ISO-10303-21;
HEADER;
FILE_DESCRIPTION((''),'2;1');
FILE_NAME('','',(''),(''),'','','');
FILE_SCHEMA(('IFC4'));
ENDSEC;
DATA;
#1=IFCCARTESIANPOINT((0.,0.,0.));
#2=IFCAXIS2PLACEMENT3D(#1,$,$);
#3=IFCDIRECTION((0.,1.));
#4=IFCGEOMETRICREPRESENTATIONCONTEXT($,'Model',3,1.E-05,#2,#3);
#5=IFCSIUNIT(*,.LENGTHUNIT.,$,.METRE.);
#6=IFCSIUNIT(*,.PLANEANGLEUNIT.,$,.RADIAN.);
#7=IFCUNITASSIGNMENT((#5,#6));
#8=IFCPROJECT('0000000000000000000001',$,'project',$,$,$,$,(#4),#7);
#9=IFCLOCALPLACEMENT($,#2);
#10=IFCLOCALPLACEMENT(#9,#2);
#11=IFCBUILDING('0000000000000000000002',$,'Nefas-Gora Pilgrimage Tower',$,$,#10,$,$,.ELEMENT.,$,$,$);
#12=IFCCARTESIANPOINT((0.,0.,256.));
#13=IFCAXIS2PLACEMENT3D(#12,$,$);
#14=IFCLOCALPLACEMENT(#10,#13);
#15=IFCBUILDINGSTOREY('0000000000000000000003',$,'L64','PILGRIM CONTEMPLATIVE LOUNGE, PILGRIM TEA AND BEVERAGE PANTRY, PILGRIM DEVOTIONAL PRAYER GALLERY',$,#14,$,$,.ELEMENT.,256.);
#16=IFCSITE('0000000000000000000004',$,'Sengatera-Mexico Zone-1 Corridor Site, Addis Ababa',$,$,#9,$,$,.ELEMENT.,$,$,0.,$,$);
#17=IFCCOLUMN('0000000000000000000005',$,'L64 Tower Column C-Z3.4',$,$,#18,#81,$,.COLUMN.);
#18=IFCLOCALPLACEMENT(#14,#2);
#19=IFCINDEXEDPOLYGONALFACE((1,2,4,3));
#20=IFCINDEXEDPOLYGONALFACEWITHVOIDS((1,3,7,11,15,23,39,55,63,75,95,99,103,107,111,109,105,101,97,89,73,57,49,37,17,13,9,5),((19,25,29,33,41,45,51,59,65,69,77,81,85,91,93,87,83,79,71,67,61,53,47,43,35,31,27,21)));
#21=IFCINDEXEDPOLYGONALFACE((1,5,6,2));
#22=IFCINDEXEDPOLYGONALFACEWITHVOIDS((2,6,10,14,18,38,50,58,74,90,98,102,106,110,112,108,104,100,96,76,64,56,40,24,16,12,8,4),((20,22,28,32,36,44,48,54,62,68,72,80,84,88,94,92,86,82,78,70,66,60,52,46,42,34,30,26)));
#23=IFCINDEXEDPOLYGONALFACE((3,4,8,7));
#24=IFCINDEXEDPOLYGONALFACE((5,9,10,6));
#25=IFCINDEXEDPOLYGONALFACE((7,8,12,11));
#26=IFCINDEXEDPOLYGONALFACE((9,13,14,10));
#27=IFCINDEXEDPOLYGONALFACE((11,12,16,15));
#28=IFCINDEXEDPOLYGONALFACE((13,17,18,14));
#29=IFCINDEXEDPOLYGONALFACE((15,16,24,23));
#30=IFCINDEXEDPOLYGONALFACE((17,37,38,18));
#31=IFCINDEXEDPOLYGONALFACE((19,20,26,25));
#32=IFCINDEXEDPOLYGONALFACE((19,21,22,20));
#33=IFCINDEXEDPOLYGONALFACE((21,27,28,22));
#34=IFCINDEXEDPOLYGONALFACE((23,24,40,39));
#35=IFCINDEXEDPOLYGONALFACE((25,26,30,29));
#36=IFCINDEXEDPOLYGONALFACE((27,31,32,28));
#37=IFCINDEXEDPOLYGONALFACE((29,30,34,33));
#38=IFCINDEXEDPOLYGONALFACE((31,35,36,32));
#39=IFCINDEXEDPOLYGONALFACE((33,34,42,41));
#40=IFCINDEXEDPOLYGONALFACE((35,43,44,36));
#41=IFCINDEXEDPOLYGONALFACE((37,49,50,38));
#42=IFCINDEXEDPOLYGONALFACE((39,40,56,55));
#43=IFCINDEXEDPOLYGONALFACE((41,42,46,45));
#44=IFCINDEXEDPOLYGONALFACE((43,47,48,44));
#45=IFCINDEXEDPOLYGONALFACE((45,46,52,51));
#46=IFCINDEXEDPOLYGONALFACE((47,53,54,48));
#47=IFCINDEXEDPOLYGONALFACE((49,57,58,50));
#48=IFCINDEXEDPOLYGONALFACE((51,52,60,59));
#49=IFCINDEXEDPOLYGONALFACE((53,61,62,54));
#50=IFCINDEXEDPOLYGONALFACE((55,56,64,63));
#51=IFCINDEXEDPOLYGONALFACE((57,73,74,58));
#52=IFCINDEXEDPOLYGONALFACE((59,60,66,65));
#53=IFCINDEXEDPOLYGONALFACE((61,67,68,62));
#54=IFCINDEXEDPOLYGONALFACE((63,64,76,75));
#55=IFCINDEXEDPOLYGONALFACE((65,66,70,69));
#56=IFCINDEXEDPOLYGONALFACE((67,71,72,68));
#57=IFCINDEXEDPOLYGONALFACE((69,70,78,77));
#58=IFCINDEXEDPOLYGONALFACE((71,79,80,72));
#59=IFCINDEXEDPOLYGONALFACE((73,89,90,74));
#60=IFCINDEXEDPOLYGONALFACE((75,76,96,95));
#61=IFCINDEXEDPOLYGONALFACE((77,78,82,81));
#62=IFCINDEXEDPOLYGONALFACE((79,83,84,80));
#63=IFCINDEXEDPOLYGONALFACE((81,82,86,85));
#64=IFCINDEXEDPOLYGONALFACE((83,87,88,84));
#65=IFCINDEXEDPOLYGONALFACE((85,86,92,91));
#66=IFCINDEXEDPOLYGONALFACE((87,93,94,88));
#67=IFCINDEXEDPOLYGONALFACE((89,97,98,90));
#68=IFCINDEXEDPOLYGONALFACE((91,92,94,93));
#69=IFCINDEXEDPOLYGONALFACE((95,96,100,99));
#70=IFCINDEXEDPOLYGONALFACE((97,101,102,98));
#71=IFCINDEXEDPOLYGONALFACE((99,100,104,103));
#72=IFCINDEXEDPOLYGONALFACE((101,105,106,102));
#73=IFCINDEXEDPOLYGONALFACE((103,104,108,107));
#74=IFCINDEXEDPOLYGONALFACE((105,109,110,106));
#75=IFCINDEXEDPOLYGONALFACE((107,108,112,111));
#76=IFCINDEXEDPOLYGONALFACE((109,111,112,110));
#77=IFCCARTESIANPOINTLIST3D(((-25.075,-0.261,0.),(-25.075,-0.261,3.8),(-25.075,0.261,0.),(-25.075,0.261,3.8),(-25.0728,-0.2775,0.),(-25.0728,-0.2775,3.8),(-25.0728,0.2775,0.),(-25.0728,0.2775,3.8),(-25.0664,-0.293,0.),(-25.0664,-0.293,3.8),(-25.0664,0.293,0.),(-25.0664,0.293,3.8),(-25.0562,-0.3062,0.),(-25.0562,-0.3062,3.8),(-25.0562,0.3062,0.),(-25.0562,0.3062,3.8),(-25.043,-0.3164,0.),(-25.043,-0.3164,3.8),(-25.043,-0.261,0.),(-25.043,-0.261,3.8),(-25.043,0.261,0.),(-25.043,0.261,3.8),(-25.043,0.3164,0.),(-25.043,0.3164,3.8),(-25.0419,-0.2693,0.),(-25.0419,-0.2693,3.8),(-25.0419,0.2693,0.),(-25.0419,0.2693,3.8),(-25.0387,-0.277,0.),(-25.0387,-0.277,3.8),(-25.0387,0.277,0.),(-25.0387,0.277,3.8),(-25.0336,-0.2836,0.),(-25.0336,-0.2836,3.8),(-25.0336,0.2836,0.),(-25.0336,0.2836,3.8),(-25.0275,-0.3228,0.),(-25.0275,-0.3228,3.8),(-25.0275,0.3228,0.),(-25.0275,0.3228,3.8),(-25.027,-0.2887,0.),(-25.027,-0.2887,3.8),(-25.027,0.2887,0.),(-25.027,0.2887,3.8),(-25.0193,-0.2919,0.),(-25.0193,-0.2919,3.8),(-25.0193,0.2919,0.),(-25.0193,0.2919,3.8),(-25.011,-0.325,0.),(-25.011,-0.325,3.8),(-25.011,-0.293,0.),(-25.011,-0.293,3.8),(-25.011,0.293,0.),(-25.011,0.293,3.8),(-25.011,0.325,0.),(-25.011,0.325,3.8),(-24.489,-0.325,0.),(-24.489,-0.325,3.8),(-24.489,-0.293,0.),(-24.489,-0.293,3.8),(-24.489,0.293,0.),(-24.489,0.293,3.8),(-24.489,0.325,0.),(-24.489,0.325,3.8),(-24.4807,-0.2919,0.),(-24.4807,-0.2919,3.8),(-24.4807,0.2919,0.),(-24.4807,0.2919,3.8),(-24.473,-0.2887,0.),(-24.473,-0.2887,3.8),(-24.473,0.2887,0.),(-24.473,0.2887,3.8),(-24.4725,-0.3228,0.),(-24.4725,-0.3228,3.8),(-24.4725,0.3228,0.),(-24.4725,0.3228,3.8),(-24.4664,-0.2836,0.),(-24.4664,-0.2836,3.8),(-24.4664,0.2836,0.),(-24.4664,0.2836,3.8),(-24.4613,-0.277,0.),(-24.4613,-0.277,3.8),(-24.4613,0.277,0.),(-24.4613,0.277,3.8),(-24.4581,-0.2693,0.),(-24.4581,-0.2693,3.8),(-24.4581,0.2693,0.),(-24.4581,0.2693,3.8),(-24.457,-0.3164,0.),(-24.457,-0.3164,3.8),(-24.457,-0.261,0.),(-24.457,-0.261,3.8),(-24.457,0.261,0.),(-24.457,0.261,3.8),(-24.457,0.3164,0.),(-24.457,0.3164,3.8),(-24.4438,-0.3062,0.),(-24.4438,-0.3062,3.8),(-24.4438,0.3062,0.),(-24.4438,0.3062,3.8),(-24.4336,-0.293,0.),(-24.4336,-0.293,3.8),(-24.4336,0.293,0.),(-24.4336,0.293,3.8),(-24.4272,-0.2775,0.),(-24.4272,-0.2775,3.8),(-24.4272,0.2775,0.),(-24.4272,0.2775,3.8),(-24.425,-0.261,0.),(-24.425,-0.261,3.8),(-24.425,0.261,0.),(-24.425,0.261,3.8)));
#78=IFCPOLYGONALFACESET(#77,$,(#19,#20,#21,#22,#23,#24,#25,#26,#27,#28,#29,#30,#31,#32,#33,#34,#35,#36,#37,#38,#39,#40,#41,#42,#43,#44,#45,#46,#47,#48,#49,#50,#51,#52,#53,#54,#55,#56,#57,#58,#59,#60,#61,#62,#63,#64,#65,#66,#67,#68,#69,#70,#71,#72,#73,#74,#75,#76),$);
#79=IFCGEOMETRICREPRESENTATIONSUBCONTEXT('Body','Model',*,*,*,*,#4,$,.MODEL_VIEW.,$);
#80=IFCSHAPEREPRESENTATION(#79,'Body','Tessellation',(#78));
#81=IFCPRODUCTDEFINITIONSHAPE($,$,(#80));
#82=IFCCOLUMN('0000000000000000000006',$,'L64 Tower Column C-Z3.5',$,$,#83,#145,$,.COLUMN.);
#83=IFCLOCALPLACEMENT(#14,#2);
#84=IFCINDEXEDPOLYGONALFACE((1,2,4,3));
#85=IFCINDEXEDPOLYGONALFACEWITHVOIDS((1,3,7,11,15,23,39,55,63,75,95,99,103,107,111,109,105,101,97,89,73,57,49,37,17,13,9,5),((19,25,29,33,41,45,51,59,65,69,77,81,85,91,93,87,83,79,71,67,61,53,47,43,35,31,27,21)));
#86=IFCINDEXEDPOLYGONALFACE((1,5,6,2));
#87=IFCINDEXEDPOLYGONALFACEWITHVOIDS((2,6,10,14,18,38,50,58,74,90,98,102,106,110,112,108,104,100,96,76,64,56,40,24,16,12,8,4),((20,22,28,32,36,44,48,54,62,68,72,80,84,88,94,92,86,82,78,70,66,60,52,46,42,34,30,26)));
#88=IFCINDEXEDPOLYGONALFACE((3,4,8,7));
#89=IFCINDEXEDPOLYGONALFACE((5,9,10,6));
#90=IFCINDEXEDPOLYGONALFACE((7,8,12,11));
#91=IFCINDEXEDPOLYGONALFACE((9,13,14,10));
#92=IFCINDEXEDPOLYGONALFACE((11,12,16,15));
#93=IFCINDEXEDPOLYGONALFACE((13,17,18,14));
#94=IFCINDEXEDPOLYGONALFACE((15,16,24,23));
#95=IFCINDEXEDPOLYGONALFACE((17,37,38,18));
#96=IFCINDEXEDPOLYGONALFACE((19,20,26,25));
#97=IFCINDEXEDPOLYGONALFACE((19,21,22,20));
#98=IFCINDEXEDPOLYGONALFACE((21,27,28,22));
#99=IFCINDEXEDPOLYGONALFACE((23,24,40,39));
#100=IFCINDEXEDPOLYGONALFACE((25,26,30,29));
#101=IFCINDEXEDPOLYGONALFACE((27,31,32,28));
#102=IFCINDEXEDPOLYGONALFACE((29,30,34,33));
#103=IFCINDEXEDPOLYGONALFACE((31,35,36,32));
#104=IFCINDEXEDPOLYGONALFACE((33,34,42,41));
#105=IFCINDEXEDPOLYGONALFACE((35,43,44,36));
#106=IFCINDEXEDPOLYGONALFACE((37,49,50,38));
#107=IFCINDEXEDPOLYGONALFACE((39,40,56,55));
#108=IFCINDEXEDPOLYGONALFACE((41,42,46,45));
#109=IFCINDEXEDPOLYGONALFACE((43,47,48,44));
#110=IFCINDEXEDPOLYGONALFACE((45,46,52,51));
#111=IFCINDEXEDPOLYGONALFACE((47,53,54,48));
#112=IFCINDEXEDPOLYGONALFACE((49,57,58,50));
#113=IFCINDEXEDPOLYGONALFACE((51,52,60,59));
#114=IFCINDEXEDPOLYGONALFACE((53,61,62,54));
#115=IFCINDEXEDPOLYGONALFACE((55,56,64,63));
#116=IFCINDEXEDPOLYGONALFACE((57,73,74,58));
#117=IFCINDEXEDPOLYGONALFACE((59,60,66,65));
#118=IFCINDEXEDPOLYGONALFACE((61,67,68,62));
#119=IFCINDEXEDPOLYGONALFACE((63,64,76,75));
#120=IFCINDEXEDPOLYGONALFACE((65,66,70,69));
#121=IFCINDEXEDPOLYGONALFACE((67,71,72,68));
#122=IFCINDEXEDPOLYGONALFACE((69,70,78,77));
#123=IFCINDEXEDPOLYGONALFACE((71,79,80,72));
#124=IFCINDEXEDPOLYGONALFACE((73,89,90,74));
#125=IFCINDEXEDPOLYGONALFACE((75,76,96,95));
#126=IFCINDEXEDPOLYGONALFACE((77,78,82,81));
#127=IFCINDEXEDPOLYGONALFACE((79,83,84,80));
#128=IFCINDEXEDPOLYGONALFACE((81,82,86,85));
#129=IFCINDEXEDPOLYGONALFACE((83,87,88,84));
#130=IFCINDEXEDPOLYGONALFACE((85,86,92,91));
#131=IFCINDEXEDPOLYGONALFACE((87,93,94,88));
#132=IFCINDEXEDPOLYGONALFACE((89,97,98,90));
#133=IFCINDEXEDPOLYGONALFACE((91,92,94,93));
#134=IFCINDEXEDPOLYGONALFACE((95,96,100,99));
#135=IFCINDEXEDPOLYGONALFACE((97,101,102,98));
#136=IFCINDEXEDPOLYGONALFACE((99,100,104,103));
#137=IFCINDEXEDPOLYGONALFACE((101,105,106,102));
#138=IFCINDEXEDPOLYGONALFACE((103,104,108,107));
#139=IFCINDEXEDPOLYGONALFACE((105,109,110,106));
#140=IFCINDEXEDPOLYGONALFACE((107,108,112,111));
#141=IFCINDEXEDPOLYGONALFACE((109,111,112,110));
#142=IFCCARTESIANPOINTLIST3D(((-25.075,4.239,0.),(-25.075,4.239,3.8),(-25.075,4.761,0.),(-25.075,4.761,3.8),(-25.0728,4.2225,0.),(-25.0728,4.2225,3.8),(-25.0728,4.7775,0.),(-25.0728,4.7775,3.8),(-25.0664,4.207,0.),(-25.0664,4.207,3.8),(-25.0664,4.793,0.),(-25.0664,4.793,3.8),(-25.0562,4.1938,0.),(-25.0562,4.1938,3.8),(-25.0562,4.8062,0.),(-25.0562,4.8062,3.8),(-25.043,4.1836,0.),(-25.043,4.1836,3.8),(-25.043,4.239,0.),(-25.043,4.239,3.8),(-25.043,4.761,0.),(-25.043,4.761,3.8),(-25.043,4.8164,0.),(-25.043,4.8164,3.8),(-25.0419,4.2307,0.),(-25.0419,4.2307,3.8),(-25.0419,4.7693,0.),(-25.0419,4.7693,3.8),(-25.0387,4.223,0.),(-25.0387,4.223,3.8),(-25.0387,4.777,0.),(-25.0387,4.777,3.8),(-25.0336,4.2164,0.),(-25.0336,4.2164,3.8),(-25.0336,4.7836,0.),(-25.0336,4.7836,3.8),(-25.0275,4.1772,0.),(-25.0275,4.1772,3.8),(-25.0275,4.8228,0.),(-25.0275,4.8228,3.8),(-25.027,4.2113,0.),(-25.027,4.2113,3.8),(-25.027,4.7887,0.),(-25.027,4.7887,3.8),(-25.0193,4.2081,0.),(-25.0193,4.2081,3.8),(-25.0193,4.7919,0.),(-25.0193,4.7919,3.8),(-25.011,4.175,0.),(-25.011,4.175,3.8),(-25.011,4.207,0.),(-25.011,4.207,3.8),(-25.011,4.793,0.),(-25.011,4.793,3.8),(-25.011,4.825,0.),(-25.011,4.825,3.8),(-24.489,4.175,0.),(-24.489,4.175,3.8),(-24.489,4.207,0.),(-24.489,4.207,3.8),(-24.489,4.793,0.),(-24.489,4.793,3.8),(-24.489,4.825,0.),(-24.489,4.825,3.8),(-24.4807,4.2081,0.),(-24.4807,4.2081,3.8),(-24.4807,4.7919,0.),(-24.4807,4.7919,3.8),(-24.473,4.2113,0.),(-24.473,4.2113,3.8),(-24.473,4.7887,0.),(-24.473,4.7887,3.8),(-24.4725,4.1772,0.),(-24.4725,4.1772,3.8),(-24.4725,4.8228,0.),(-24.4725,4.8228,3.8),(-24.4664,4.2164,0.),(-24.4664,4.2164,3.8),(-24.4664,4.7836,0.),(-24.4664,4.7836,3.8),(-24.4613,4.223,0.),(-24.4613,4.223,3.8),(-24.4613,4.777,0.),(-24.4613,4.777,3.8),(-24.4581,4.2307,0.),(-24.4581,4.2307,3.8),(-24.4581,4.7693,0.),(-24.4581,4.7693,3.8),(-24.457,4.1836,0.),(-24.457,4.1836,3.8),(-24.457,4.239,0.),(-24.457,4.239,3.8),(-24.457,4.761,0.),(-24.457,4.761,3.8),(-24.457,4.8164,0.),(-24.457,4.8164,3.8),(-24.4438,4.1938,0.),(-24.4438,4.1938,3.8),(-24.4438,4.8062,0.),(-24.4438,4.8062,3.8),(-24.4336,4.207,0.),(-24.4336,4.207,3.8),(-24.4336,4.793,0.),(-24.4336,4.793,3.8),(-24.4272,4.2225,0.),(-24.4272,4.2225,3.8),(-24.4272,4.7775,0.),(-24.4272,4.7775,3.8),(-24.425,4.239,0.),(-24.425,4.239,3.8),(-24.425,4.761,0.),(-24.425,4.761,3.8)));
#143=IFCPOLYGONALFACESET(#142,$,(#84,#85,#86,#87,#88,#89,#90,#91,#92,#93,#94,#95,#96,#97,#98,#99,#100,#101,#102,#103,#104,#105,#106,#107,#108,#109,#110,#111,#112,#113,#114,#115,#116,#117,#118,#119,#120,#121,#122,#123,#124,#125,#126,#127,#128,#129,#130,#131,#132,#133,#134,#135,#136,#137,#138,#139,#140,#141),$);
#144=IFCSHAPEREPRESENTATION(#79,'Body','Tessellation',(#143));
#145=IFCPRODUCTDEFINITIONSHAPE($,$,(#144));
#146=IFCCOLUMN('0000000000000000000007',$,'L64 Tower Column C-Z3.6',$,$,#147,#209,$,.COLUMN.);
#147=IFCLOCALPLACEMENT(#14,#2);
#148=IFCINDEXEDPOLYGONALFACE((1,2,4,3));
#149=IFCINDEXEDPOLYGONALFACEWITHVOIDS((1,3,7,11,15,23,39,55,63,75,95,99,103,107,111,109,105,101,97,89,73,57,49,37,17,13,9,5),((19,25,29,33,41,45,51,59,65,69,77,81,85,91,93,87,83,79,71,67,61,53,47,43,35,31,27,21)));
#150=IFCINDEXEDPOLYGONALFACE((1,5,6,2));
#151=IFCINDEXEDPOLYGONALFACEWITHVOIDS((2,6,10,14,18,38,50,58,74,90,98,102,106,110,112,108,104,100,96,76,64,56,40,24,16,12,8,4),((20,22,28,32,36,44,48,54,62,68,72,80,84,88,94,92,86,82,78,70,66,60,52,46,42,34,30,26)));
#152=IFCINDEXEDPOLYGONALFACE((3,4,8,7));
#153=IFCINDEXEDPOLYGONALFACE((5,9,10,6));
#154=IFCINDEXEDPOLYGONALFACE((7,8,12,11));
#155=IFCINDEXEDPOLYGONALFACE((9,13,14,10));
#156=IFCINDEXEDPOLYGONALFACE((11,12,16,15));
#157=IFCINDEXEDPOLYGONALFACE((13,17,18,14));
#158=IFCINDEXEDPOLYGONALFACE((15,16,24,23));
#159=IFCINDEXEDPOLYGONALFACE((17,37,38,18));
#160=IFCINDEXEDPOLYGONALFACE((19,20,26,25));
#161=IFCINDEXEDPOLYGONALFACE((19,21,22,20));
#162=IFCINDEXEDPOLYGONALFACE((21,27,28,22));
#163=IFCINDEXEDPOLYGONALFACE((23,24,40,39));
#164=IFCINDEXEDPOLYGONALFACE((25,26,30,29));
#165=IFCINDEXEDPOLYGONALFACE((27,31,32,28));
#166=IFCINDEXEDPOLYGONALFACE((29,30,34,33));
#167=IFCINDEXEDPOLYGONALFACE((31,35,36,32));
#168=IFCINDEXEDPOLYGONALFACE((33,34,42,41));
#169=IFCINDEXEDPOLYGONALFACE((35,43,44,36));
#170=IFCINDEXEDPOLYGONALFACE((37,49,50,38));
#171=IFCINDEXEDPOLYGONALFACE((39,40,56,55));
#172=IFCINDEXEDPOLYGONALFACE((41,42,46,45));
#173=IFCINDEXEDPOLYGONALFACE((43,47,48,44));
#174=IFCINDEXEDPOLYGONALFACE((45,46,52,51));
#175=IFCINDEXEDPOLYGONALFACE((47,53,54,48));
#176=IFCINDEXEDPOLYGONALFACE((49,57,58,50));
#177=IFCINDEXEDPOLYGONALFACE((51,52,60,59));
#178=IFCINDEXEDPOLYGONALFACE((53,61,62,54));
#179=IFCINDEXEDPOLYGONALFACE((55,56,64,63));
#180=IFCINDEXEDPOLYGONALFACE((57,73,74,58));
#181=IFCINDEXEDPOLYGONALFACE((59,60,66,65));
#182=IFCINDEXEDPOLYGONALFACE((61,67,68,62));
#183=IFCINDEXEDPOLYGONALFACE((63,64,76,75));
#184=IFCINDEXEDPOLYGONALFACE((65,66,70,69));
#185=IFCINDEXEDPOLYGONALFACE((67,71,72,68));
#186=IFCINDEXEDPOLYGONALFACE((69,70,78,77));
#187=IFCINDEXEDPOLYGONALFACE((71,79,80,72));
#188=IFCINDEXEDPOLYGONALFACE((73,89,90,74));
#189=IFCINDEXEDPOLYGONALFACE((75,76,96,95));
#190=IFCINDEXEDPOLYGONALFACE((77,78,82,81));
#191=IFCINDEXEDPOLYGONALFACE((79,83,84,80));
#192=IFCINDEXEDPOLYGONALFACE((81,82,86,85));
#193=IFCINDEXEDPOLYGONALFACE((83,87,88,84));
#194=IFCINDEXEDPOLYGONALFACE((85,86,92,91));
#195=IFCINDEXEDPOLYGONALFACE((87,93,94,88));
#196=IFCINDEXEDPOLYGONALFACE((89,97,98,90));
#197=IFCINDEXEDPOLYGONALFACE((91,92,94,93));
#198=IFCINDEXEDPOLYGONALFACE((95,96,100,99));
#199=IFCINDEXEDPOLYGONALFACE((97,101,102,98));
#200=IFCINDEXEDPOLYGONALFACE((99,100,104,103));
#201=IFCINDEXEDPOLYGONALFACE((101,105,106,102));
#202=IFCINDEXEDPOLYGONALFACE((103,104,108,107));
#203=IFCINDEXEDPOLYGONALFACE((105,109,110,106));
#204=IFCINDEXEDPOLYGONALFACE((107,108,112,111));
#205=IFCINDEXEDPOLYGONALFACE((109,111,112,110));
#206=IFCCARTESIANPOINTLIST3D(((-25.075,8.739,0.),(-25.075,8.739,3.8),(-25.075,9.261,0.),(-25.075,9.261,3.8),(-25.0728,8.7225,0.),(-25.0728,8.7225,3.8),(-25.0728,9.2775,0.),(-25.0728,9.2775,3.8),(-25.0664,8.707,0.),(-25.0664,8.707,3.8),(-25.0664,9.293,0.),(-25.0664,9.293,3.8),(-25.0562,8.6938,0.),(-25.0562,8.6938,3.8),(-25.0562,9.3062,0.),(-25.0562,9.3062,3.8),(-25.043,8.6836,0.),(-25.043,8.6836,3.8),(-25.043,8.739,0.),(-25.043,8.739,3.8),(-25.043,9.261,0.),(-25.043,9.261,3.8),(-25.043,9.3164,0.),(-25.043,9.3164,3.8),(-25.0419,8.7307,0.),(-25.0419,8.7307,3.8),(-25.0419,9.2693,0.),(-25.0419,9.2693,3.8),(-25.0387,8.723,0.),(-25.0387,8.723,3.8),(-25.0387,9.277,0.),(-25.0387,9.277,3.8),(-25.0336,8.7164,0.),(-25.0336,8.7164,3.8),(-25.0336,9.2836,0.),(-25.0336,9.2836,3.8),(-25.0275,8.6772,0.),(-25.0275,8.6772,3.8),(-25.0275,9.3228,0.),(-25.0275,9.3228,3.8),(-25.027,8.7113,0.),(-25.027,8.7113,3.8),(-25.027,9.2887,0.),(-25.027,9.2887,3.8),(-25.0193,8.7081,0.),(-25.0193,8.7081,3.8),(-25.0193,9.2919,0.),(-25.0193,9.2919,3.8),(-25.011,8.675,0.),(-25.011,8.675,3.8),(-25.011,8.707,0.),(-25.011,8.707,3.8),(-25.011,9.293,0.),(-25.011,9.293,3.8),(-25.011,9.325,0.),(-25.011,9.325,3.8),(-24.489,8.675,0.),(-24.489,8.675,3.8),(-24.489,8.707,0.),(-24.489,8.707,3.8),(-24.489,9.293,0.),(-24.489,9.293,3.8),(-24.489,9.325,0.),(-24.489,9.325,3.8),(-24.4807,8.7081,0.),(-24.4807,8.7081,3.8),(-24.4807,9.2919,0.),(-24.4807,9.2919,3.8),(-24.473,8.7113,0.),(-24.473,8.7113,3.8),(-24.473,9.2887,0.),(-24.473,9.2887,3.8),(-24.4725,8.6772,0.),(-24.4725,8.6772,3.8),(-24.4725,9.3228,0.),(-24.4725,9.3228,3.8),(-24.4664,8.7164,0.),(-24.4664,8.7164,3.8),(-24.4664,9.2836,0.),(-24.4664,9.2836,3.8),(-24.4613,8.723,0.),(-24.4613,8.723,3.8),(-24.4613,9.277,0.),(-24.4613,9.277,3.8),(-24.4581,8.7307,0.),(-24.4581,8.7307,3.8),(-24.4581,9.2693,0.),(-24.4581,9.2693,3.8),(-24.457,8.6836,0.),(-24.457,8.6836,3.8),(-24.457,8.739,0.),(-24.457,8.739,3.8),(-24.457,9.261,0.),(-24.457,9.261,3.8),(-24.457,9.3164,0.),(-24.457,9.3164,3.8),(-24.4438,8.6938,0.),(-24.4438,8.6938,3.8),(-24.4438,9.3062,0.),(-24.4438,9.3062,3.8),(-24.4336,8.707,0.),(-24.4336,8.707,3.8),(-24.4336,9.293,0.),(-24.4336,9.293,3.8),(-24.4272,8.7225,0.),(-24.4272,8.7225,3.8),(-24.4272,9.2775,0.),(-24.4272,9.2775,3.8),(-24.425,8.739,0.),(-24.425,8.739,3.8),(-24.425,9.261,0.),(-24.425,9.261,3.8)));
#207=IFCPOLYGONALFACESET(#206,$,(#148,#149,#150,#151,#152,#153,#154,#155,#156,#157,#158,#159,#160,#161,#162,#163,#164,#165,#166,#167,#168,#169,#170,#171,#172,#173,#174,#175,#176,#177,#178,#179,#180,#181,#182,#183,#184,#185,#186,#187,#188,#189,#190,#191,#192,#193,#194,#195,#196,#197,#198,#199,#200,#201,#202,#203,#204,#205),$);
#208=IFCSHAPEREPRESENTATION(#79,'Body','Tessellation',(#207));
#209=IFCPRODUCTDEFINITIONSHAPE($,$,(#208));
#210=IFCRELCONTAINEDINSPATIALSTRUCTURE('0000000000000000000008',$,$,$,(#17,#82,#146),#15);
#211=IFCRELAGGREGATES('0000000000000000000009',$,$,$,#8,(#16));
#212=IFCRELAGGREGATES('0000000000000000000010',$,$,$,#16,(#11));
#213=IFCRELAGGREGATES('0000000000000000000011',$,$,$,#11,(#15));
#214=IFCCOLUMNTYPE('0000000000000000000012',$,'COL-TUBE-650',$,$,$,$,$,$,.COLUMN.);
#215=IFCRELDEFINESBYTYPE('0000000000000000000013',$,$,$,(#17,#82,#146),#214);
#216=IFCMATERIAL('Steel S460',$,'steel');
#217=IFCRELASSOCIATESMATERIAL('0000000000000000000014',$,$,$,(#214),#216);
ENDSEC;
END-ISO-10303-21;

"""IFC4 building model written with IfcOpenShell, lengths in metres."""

from ifc_helpers import new_model, si_unit, direction, frame, origin, origin_2d, place, context, subcontext, project, spatial, hollow_rectangle, extrude, source, transform, mapped, material, material_profile, profile_set, type_object, element, save


model = new_model("IFC4")

# Units and contexts
model_context = context("Model", 3, precision=1e-05, world=origin(), true_north=direction((0.0, 1.0)))
body_context = subcontext(model_context, "Body", "Model", "MODEL_VIEW")
ifc_project = project(units=[si_unit("LENGTHUNIT", "METRE"), si_unit("PLANEANGLEUNIT", "RADIAN")], contexts=[model_context])

# Site, building, storey
site_placement = place(None, origin())
site = spatial("IfcSite", under=ifc_project, at=site_placement, Name="Sengatera-Mexico Zone-1 Corridor Site, Addis Ababa", CompositionType="ELEMENT", RefElevation=0.0)
building_placement = place(site_placement, origin())
building = spatial("IfcBuilding", under=site, at=building_placement, Name="Nefas-Gora Pilgrimage Tower", CompositionType="ELEMENT")
storey_placement = place(building_placement, frame((0.0, 0.0, 256.0)))
storey = spatial("IfcBuildingStorey", under=building, at=storey_placement, Name="L64", Description="PILGRIM CONTEMPLATIVE LOUNGE, PILGRIM TEA AND BEVERAGE PANTRY, PILGRIM DEVOTIONAL PRAYER GALLERY", CompositionType="ELEMENT", Elevation=256.0)

# Columns
ifc_material_1 = material(Name="Steel S460", Category="steel")
ifc_material_profile_1 = material_profile(ifc_material_1, hollow_rectangle(XDim=0.6499, YDim=0.6499, WallThickness=0.032, InnerFilletRadius=0.032, OuterFilletRadius=0.064, at=origin_2d()), Name="BOX 650x650x32")
ifc_profile_set_1 = profile_set([ifc_material_profile_1], Name="Steel S460")
column_type_1 = type_object("IfcColumnType", Name="COL-TUBE-650", PredefinedType="COLUMN", material=ifc_profile_set_1)
shared_shape_1 = source(origin(), body_context, "Body", "SweptSolid", [
    extrude(hollow_rectangle(XDim=0.6499, YDim=0.6499, WallThickness=0.032, InnerFilletRadius=0.032, OuterFilletRadius=0.064, at=origin_2d()), origin(), (0.0, 0.0, 1.0), 3.8),
])
for number, where, z_axis, x_axis, name in (
    (1, (-24.75, 0.0, 0.0), (0.0, 0.0, 1.0), (1.0, 0.0, 0.0), "L64 Tower Column C-Z3.4"),
    (2, (-24.75, 4.5, 0.0), (0.0, 0.0, 1.0), (1.0, 0.0, 0.0), "L64 Tower Column C-Z3.5"),
    (3, (-24.75, 9.0, 0.0), (0.0, 0.0, 1.0), (1.0, 0.0, 0.0), "L64 Tower Column C-Z3.6"),
):
    element("IfcColumn", number, at=place(storey_placement, frame(where, z_axis=z_axis, x_axis=x_axis)), inside=storey, type_object=column_type_1, Name=name, PredefinedType="COLUMN", context=body_context, shape_type="MappedRepresentation", body=[
        mapped(shared_shape_1, transform((0.0, 0.0, 0.0), x_axis=(1.0, 0.0, 0.0), y_axis=(0.0, 1.0, 0.0), z_axis=(0.0, 0.0, 1.0), scale=1.0)),
    ])

save(model, "model.ifc")
